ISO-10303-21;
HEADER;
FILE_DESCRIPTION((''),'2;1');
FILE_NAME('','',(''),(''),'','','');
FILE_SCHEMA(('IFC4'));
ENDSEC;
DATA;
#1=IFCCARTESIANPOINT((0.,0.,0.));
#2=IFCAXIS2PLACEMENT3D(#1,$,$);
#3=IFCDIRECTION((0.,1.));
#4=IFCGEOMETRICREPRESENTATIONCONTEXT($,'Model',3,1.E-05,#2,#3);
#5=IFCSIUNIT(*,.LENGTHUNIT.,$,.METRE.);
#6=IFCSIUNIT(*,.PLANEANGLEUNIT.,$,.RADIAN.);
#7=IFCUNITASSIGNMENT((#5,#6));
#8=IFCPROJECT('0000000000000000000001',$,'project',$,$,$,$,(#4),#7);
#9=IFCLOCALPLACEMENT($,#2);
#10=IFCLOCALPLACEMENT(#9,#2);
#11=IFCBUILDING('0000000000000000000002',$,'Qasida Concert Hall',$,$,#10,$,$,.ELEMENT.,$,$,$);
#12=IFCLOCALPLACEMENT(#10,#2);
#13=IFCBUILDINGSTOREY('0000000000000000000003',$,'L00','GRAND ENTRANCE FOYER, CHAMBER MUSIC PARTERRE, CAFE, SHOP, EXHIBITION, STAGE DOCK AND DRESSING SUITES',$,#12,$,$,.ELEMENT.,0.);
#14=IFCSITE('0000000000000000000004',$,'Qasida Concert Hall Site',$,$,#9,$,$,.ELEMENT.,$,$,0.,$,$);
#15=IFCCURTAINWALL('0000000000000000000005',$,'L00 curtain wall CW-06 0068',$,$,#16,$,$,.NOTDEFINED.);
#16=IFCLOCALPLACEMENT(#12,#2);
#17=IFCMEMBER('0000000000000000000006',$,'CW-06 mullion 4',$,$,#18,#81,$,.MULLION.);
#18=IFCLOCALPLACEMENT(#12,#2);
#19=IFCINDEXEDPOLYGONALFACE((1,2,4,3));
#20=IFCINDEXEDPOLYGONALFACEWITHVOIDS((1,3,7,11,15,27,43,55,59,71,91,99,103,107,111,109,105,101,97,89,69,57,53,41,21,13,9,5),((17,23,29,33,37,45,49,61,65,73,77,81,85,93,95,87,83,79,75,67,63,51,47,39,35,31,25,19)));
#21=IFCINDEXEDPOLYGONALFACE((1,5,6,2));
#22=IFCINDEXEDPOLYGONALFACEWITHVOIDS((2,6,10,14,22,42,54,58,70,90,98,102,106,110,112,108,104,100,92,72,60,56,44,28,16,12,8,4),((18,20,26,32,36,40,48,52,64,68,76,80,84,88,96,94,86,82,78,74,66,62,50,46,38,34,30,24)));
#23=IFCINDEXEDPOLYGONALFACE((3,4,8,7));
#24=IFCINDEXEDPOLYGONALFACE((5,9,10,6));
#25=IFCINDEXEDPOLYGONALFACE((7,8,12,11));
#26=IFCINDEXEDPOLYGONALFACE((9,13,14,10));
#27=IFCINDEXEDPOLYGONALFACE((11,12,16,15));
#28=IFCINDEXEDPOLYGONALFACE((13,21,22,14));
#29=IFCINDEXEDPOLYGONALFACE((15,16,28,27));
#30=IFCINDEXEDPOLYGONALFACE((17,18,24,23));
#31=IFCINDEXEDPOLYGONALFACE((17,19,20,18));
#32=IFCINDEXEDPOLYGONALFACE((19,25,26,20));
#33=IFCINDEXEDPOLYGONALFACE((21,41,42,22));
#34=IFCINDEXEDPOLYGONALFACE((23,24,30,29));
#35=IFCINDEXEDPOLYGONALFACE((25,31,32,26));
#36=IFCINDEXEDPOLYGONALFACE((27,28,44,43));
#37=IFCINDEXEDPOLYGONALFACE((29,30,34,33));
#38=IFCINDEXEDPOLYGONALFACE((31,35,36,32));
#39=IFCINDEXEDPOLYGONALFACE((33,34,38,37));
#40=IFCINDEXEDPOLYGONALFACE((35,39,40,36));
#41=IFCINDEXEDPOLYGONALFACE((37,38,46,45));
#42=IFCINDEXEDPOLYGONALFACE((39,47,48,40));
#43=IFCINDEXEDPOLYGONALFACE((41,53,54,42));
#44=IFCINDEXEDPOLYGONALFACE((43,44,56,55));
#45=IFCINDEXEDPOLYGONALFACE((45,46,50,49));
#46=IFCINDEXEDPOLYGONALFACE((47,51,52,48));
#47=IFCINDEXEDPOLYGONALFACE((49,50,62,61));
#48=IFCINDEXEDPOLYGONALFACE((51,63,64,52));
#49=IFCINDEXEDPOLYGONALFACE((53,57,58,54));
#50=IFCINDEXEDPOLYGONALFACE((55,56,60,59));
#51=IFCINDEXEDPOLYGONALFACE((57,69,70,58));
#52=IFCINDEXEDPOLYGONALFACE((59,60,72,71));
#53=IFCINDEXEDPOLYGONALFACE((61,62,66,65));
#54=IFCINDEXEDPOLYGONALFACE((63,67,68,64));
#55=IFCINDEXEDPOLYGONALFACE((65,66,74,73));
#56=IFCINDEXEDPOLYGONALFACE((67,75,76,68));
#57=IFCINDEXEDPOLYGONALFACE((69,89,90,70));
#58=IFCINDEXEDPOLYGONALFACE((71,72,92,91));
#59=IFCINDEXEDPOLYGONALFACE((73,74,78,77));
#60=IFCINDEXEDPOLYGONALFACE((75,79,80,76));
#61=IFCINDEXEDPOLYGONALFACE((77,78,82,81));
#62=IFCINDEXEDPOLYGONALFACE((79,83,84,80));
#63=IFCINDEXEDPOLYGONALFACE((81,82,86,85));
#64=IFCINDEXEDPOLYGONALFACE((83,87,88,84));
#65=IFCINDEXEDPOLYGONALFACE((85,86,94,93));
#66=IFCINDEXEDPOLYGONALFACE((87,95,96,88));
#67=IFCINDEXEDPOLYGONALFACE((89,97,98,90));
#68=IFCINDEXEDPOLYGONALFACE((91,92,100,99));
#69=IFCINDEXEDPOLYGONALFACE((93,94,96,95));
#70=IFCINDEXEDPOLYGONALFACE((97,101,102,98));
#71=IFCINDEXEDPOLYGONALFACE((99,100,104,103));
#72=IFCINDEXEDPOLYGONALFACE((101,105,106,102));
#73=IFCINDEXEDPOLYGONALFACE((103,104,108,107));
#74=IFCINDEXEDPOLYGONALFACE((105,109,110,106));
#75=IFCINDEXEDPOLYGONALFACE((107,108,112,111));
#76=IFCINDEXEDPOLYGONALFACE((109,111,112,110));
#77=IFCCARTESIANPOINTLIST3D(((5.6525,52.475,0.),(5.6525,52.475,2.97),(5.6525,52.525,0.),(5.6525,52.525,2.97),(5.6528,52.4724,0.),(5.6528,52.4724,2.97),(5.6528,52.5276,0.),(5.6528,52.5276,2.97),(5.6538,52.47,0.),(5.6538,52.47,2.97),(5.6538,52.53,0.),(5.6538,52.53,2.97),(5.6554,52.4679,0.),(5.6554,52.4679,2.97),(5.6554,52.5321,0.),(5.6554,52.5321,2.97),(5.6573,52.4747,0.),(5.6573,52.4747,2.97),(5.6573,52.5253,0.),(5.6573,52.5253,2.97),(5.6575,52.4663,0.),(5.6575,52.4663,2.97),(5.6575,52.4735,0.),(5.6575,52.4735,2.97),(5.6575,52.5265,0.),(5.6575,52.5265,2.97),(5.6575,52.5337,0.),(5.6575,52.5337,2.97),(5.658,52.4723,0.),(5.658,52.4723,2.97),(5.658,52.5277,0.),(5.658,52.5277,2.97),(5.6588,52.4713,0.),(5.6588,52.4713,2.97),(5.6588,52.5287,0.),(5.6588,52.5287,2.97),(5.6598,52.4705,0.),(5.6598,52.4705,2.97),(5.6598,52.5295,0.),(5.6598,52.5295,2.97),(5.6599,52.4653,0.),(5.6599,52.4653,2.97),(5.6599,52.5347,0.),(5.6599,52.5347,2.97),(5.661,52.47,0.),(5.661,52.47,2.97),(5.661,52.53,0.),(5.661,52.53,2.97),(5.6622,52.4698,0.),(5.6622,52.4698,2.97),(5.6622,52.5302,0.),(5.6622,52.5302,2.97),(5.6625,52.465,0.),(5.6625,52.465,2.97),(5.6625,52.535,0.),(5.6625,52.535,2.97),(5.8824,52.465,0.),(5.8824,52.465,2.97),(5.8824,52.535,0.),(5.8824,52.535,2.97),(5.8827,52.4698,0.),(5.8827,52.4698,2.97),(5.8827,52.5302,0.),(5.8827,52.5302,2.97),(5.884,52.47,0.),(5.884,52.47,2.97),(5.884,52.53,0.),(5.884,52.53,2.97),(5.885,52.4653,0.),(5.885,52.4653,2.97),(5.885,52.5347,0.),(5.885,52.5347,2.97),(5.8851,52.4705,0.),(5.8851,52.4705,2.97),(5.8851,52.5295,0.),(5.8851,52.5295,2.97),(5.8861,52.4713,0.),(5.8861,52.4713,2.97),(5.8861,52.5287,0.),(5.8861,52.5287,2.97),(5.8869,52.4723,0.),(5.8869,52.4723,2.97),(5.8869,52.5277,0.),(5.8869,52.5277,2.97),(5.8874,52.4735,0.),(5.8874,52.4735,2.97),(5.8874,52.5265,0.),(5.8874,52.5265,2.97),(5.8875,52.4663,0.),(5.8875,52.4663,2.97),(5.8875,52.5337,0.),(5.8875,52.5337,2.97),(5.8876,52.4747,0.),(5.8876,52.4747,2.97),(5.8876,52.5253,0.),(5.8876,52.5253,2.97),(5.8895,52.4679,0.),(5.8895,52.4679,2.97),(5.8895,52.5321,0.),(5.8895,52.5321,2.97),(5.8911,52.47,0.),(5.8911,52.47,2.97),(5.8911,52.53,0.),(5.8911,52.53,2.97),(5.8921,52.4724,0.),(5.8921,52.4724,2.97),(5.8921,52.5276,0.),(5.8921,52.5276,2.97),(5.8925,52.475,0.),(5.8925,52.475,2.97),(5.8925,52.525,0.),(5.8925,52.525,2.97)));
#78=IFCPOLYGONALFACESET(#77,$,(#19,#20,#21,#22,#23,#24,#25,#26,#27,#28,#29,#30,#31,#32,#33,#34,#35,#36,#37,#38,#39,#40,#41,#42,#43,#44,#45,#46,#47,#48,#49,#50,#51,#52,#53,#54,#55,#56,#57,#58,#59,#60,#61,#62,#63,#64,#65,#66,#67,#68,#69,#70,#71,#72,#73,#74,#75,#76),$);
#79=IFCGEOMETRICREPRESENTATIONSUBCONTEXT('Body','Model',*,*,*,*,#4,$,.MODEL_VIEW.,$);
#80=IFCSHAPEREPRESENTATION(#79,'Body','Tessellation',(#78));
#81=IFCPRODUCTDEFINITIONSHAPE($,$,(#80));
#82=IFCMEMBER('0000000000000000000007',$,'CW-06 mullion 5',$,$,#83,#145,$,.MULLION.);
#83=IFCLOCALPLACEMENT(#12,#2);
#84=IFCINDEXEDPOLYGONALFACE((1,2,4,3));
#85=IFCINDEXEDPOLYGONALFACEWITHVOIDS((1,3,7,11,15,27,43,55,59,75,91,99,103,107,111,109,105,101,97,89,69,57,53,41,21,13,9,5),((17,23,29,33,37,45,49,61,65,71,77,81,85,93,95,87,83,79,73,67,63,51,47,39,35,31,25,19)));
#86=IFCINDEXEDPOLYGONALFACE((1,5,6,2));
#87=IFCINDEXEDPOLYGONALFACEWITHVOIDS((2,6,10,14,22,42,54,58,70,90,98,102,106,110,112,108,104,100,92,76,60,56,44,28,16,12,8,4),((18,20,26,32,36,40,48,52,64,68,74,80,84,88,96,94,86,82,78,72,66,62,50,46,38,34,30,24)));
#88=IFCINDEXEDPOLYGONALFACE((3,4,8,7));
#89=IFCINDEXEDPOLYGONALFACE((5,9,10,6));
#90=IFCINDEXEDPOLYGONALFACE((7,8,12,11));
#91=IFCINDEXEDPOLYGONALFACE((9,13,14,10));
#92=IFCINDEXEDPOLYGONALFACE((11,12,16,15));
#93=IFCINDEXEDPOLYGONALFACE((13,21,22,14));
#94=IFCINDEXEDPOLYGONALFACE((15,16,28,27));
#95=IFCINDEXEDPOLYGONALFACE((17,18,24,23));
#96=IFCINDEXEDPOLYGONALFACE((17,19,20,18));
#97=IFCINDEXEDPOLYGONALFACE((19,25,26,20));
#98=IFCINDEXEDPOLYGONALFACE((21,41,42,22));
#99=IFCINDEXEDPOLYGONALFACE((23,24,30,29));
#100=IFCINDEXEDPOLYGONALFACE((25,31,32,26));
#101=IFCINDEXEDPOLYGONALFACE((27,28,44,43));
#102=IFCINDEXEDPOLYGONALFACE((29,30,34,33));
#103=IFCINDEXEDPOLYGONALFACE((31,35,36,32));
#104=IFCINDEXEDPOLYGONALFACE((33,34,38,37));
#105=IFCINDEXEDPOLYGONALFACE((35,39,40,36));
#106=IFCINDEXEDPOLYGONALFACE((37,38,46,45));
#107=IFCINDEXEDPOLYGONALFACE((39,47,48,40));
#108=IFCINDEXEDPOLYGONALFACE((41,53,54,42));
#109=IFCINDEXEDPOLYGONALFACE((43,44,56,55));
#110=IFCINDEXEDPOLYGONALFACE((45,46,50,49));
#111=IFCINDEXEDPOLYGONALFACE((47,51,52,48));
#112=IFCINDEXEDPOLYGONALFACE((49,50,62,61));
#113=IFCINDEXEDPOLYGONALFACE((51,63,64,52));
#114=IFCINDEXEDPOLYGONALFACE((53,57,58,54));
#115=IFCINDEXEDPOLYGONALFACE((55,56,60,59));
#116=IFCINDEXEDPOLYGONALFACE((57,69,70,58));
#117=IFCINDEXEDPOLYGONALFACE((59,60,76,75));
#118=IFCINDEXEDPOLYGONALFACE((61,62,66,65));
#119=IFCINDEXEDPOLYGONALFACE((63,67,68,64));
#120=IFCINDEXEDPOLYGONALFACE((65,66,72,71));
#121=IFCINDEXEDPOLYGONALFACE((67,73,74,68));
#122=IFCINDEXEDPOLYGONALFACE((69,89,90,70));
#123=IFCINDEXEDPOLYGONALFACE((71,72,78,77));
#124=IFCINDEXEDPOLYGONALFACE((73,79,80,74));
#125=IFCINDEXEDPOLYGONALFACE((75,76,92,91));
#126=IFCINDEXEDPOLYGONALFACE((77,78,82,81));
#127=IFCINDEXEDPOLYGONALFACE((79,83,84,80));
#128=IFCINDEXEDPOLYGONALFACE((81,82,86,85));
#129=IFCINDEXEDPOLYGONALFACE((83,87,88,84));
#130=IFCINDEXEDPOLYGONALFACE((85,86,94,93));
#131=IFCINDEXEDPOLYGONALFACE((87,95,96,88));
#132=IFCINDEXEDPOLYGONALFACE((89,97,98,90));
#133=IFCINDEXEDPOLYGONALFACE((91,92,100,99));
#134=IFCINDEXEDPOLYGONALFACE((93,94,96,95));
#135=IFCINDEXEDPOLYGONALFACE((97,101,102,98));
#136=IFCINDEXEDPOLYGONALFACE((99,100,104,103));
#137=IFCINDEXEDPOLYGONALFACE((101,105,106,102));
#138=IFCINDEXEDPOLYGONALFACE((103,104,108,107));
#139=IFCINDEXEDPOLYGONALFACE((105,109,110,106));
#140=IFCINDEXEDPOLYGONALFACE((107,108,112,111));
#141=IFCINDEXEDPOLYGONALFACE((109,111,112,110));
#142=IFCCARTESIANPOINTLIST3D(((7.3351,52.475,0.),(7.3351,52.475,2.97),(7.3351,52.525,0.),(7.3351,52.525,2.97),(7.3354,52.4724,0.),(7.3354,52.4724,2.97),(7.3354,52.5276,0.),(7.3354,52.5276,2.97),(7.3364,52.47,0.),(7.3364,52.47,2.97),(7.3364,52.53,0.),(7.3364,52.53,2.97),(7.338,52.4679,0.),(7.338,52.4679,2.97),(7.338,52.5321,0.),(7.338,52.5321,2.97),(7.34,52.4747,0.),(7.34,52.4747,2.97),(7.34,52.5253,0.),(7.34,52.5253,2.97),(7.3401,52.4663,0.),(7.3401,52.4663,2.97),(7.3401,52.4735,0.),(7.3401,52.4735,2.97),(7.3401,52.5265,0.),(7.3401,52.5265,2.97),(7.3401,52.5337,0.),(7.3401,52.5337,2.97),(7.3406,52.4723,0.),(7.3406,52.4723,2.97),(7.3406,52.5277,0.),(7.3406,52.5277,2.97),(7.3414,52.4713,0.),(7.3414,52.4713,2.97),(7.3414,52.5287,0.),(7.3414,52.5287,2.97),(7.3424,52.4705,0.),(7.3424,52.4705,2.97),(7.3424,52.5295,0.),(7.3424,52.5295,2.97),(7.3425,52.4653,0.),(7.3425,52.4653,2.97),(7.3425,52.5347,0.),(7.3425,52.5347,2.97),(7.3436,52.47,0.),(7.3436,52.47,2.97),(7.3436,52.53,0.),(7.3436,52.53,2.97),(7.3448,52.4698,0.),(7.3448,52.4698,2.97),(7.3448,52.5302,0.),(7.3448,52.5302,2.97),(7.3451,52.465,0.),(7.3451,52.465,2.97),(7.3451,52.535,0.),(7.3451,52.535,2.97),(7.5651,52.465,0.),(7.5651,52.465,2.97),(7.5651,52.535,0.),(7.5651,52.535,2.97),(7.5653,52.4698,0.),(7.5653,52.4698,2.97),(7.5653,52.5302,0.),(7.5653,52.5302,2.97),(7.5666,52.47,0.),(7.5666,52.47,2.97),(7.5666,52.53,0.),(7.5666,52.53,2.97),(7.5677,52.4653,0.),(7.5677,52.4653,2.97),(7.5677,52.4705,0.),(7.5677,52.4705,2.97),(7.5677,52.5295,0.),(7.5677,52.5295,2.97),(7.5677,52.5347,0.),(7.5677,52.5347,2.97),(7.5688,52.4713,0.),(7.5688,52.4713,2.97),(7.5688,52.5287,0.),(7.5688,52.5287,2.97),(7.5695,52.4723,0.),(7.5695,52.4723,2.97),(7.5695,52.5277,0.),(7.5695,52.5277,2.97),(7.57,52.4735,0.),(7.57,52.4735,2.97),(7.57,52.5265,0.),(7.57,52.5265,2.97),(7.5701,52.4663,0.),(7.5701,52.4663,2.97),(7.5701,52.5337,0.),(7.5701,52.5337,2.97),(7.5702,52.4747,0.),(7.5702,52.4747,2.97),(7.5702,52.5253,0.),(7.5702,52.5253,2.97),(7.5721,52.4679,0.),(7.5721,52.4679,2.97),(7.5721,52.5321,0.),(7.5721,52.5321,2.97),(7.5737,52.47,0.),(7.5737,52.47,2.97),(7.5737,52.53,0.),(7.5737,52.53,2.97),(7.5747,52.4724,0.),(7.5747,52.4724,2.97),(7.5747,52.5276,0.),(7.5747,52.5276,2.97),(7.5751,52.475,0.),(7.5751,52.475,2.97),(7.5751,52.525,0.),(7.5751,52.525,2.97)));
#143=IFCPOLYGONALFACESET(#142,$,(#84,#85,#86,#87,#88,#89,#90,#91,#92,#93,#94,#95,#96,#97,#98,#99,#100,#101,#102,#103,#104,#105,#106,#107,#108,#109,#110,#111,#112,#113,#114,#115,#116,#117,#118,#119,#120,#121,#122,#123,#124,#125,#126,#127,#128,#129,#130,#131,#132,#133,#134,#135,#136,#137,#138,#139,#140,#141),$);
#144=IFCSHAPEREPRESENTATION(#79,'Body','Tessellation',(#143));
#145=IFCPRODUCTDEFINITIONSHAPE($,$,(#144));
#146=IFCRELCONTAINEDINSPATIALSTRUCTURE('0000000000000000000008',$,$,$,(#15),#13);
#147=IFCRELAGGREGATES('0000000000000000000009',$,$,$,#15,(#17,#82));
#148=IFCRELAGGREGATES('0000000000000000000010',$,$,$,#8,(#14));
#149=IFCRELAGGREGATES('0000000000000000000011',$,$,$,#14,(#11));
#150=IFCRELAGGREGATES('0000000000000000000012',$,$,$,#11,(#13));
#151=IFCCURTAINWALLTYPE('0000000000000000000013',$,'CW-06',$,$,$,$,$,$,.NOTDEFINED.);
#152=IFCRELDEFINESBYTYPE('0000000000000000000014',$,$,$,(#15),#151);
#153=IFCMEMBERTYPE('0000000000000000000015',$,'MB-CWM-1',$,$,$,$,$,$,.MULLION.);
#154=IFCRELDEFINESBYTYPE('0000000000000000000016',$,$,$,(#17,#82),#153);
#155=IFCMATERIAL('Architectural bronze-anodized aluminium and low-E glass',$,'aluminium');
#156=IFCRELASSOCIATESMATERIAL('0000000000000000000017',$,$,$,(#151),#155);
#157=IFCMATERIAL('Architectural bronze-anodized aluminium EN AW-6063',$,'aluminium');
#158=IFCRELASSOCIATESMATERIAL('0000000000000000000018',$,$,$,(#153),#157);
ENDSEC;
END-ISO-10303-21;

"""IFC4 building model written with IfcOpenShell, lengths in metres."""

from ifc_helpers import new_model, si_unit, direction, frame, origin, origin_2d, place, context, subcontext, project, spatial, hollow_rectangle, extrude, material, material_profile, profile_set, type_object, element, aggregate, save


model = new_model("IFC4")

# Units and contexts
model_context = context("Model", 3, precision=1e-05, world=origin(), true_north=direction((0.0, 1.0)))
body_context = subcontext(model_context, "Body", "Model", "MODEL_VIEW")
ifc_project = project(units=[si_unit("LENGTHUNIT", "METRE"), si_unit("PLANEANGLEUNIT", "RADIAN")], contexts=[model_context])

# Site, building, storey
site_placement = place(None, origin())
site = spatial("IfcSite", under=ifc_project, at=site_placement, Name="Qasida Concert Hall Site", CompositionType="ELEMENT", RefElevation=0.0)
building_placement = place(site_placement, origin())
building = spatial("IfcBuilding", under=site, at=building_placement, Name="Qasida Concert Hall", CompositionType="ELEMENT")
storey_placement = place(building_placement, origin())
storey = spatial("IfcBuildingStorey", under=building, at=storey_placement, Name="L00", Description="GRAND ENTRANCE FOYER, CHAMBER MUSIC PARTERRE, CAFE, SHOP, EXHIBITION, STAGE DOCK AND DRESSING SUITES", CompositionType="ELEMENT", Elevation=0.0)

# Curtain wall, members
ifc_material_1 = material(Name="Architectural bronze-anodized aluminium and low-E glass", Category="aluminium")
curtain_wall_type = type_object("IfcCurtainWallType", Name="CW-06", PredefinedType="NOTDEFINED", material=ifc_material_1)
curtain_wall_1_placement = place(storey_placement, origin())
curtain_wall_1 = element("IfcCurtainWall", 1, at=curtain_wall_1_placement, inside=storey, type_object=curtain_wall_type, Name="L00 curtain wall CW-06 0068", PredefinedType="NOTDEFINED")
ifc_material_2 = material(Name="Architectural bronze-anodized aluminium EN AW-6063", Category="aluminium")
ifc_material_profile_1 = material_profile(ifc_material_2, hollow_rectangle(XDim=0.0701, YDim=0.24, WallThickness=0.0049, InnerFilletRadius=0.0049, OuterFilletRadius=0.01, at=origin_2d()), Name="CWM 240x70x5")
ifc_profile_set_1 = profile_set([ifc_material_profile_1], Name="Architectural bronze-anodized aluminium EN AW-6063")
member_type_1 = type_object("IfcMemberType", Name="MB-CWM-1", PredefinedType="MULLION", material=ifc_profile_set_1)
member_1_placement = place(storey_placement, frame((5.7725, 52.5, 0.0), z_axis=(0.0, 0.0, 1.0), x_axis=(0.0, 1.0, 0.0)))
member_1 = element("IfcMember", 2, at=member_1_placement, type_object=member_type_1, Name="CW-06 mullion 4", PredefinedType="MULLION", context=body_context, shape_type="SweptSolid", body=[
    extrude(hollow_rectangle(XDim=0.0701, YDim=0.24, WallThickness=0.0049, InnerFilletRadius=0.0049, OuterFilletRadius=0.01, at=origin_2d()), origin(), (0.0, 0.0, 1.0), 2.97),
])
member_2_placement = place(storey_placement, frame((7.4551, 52.5, 0.0), z_axis=(0.0, 0.0, 1.0), x_axis=(0.0, 1.0, 0.0)))
member_2 = element("IfcMember", 3, at=member_2_placement, type_object=member_type_1, Name="CW-06 mullion 5", PredefinedType="MULLION", context=body_context, shape_type="SweptSolid", body=[
    extrude(hollow_rectangle(XDim=0.0701, YDim=0.24, WallThickness=0.0049, InnerFilletRadius=0.0049, OuterFilletRadius=0.01, at=origin_2d()), origin(), (0.0, 0.0, 1.0), 2.97),
])

aggregate(curtain_wall_1, [member_1, member_2])

save(model, "model.ifc")
